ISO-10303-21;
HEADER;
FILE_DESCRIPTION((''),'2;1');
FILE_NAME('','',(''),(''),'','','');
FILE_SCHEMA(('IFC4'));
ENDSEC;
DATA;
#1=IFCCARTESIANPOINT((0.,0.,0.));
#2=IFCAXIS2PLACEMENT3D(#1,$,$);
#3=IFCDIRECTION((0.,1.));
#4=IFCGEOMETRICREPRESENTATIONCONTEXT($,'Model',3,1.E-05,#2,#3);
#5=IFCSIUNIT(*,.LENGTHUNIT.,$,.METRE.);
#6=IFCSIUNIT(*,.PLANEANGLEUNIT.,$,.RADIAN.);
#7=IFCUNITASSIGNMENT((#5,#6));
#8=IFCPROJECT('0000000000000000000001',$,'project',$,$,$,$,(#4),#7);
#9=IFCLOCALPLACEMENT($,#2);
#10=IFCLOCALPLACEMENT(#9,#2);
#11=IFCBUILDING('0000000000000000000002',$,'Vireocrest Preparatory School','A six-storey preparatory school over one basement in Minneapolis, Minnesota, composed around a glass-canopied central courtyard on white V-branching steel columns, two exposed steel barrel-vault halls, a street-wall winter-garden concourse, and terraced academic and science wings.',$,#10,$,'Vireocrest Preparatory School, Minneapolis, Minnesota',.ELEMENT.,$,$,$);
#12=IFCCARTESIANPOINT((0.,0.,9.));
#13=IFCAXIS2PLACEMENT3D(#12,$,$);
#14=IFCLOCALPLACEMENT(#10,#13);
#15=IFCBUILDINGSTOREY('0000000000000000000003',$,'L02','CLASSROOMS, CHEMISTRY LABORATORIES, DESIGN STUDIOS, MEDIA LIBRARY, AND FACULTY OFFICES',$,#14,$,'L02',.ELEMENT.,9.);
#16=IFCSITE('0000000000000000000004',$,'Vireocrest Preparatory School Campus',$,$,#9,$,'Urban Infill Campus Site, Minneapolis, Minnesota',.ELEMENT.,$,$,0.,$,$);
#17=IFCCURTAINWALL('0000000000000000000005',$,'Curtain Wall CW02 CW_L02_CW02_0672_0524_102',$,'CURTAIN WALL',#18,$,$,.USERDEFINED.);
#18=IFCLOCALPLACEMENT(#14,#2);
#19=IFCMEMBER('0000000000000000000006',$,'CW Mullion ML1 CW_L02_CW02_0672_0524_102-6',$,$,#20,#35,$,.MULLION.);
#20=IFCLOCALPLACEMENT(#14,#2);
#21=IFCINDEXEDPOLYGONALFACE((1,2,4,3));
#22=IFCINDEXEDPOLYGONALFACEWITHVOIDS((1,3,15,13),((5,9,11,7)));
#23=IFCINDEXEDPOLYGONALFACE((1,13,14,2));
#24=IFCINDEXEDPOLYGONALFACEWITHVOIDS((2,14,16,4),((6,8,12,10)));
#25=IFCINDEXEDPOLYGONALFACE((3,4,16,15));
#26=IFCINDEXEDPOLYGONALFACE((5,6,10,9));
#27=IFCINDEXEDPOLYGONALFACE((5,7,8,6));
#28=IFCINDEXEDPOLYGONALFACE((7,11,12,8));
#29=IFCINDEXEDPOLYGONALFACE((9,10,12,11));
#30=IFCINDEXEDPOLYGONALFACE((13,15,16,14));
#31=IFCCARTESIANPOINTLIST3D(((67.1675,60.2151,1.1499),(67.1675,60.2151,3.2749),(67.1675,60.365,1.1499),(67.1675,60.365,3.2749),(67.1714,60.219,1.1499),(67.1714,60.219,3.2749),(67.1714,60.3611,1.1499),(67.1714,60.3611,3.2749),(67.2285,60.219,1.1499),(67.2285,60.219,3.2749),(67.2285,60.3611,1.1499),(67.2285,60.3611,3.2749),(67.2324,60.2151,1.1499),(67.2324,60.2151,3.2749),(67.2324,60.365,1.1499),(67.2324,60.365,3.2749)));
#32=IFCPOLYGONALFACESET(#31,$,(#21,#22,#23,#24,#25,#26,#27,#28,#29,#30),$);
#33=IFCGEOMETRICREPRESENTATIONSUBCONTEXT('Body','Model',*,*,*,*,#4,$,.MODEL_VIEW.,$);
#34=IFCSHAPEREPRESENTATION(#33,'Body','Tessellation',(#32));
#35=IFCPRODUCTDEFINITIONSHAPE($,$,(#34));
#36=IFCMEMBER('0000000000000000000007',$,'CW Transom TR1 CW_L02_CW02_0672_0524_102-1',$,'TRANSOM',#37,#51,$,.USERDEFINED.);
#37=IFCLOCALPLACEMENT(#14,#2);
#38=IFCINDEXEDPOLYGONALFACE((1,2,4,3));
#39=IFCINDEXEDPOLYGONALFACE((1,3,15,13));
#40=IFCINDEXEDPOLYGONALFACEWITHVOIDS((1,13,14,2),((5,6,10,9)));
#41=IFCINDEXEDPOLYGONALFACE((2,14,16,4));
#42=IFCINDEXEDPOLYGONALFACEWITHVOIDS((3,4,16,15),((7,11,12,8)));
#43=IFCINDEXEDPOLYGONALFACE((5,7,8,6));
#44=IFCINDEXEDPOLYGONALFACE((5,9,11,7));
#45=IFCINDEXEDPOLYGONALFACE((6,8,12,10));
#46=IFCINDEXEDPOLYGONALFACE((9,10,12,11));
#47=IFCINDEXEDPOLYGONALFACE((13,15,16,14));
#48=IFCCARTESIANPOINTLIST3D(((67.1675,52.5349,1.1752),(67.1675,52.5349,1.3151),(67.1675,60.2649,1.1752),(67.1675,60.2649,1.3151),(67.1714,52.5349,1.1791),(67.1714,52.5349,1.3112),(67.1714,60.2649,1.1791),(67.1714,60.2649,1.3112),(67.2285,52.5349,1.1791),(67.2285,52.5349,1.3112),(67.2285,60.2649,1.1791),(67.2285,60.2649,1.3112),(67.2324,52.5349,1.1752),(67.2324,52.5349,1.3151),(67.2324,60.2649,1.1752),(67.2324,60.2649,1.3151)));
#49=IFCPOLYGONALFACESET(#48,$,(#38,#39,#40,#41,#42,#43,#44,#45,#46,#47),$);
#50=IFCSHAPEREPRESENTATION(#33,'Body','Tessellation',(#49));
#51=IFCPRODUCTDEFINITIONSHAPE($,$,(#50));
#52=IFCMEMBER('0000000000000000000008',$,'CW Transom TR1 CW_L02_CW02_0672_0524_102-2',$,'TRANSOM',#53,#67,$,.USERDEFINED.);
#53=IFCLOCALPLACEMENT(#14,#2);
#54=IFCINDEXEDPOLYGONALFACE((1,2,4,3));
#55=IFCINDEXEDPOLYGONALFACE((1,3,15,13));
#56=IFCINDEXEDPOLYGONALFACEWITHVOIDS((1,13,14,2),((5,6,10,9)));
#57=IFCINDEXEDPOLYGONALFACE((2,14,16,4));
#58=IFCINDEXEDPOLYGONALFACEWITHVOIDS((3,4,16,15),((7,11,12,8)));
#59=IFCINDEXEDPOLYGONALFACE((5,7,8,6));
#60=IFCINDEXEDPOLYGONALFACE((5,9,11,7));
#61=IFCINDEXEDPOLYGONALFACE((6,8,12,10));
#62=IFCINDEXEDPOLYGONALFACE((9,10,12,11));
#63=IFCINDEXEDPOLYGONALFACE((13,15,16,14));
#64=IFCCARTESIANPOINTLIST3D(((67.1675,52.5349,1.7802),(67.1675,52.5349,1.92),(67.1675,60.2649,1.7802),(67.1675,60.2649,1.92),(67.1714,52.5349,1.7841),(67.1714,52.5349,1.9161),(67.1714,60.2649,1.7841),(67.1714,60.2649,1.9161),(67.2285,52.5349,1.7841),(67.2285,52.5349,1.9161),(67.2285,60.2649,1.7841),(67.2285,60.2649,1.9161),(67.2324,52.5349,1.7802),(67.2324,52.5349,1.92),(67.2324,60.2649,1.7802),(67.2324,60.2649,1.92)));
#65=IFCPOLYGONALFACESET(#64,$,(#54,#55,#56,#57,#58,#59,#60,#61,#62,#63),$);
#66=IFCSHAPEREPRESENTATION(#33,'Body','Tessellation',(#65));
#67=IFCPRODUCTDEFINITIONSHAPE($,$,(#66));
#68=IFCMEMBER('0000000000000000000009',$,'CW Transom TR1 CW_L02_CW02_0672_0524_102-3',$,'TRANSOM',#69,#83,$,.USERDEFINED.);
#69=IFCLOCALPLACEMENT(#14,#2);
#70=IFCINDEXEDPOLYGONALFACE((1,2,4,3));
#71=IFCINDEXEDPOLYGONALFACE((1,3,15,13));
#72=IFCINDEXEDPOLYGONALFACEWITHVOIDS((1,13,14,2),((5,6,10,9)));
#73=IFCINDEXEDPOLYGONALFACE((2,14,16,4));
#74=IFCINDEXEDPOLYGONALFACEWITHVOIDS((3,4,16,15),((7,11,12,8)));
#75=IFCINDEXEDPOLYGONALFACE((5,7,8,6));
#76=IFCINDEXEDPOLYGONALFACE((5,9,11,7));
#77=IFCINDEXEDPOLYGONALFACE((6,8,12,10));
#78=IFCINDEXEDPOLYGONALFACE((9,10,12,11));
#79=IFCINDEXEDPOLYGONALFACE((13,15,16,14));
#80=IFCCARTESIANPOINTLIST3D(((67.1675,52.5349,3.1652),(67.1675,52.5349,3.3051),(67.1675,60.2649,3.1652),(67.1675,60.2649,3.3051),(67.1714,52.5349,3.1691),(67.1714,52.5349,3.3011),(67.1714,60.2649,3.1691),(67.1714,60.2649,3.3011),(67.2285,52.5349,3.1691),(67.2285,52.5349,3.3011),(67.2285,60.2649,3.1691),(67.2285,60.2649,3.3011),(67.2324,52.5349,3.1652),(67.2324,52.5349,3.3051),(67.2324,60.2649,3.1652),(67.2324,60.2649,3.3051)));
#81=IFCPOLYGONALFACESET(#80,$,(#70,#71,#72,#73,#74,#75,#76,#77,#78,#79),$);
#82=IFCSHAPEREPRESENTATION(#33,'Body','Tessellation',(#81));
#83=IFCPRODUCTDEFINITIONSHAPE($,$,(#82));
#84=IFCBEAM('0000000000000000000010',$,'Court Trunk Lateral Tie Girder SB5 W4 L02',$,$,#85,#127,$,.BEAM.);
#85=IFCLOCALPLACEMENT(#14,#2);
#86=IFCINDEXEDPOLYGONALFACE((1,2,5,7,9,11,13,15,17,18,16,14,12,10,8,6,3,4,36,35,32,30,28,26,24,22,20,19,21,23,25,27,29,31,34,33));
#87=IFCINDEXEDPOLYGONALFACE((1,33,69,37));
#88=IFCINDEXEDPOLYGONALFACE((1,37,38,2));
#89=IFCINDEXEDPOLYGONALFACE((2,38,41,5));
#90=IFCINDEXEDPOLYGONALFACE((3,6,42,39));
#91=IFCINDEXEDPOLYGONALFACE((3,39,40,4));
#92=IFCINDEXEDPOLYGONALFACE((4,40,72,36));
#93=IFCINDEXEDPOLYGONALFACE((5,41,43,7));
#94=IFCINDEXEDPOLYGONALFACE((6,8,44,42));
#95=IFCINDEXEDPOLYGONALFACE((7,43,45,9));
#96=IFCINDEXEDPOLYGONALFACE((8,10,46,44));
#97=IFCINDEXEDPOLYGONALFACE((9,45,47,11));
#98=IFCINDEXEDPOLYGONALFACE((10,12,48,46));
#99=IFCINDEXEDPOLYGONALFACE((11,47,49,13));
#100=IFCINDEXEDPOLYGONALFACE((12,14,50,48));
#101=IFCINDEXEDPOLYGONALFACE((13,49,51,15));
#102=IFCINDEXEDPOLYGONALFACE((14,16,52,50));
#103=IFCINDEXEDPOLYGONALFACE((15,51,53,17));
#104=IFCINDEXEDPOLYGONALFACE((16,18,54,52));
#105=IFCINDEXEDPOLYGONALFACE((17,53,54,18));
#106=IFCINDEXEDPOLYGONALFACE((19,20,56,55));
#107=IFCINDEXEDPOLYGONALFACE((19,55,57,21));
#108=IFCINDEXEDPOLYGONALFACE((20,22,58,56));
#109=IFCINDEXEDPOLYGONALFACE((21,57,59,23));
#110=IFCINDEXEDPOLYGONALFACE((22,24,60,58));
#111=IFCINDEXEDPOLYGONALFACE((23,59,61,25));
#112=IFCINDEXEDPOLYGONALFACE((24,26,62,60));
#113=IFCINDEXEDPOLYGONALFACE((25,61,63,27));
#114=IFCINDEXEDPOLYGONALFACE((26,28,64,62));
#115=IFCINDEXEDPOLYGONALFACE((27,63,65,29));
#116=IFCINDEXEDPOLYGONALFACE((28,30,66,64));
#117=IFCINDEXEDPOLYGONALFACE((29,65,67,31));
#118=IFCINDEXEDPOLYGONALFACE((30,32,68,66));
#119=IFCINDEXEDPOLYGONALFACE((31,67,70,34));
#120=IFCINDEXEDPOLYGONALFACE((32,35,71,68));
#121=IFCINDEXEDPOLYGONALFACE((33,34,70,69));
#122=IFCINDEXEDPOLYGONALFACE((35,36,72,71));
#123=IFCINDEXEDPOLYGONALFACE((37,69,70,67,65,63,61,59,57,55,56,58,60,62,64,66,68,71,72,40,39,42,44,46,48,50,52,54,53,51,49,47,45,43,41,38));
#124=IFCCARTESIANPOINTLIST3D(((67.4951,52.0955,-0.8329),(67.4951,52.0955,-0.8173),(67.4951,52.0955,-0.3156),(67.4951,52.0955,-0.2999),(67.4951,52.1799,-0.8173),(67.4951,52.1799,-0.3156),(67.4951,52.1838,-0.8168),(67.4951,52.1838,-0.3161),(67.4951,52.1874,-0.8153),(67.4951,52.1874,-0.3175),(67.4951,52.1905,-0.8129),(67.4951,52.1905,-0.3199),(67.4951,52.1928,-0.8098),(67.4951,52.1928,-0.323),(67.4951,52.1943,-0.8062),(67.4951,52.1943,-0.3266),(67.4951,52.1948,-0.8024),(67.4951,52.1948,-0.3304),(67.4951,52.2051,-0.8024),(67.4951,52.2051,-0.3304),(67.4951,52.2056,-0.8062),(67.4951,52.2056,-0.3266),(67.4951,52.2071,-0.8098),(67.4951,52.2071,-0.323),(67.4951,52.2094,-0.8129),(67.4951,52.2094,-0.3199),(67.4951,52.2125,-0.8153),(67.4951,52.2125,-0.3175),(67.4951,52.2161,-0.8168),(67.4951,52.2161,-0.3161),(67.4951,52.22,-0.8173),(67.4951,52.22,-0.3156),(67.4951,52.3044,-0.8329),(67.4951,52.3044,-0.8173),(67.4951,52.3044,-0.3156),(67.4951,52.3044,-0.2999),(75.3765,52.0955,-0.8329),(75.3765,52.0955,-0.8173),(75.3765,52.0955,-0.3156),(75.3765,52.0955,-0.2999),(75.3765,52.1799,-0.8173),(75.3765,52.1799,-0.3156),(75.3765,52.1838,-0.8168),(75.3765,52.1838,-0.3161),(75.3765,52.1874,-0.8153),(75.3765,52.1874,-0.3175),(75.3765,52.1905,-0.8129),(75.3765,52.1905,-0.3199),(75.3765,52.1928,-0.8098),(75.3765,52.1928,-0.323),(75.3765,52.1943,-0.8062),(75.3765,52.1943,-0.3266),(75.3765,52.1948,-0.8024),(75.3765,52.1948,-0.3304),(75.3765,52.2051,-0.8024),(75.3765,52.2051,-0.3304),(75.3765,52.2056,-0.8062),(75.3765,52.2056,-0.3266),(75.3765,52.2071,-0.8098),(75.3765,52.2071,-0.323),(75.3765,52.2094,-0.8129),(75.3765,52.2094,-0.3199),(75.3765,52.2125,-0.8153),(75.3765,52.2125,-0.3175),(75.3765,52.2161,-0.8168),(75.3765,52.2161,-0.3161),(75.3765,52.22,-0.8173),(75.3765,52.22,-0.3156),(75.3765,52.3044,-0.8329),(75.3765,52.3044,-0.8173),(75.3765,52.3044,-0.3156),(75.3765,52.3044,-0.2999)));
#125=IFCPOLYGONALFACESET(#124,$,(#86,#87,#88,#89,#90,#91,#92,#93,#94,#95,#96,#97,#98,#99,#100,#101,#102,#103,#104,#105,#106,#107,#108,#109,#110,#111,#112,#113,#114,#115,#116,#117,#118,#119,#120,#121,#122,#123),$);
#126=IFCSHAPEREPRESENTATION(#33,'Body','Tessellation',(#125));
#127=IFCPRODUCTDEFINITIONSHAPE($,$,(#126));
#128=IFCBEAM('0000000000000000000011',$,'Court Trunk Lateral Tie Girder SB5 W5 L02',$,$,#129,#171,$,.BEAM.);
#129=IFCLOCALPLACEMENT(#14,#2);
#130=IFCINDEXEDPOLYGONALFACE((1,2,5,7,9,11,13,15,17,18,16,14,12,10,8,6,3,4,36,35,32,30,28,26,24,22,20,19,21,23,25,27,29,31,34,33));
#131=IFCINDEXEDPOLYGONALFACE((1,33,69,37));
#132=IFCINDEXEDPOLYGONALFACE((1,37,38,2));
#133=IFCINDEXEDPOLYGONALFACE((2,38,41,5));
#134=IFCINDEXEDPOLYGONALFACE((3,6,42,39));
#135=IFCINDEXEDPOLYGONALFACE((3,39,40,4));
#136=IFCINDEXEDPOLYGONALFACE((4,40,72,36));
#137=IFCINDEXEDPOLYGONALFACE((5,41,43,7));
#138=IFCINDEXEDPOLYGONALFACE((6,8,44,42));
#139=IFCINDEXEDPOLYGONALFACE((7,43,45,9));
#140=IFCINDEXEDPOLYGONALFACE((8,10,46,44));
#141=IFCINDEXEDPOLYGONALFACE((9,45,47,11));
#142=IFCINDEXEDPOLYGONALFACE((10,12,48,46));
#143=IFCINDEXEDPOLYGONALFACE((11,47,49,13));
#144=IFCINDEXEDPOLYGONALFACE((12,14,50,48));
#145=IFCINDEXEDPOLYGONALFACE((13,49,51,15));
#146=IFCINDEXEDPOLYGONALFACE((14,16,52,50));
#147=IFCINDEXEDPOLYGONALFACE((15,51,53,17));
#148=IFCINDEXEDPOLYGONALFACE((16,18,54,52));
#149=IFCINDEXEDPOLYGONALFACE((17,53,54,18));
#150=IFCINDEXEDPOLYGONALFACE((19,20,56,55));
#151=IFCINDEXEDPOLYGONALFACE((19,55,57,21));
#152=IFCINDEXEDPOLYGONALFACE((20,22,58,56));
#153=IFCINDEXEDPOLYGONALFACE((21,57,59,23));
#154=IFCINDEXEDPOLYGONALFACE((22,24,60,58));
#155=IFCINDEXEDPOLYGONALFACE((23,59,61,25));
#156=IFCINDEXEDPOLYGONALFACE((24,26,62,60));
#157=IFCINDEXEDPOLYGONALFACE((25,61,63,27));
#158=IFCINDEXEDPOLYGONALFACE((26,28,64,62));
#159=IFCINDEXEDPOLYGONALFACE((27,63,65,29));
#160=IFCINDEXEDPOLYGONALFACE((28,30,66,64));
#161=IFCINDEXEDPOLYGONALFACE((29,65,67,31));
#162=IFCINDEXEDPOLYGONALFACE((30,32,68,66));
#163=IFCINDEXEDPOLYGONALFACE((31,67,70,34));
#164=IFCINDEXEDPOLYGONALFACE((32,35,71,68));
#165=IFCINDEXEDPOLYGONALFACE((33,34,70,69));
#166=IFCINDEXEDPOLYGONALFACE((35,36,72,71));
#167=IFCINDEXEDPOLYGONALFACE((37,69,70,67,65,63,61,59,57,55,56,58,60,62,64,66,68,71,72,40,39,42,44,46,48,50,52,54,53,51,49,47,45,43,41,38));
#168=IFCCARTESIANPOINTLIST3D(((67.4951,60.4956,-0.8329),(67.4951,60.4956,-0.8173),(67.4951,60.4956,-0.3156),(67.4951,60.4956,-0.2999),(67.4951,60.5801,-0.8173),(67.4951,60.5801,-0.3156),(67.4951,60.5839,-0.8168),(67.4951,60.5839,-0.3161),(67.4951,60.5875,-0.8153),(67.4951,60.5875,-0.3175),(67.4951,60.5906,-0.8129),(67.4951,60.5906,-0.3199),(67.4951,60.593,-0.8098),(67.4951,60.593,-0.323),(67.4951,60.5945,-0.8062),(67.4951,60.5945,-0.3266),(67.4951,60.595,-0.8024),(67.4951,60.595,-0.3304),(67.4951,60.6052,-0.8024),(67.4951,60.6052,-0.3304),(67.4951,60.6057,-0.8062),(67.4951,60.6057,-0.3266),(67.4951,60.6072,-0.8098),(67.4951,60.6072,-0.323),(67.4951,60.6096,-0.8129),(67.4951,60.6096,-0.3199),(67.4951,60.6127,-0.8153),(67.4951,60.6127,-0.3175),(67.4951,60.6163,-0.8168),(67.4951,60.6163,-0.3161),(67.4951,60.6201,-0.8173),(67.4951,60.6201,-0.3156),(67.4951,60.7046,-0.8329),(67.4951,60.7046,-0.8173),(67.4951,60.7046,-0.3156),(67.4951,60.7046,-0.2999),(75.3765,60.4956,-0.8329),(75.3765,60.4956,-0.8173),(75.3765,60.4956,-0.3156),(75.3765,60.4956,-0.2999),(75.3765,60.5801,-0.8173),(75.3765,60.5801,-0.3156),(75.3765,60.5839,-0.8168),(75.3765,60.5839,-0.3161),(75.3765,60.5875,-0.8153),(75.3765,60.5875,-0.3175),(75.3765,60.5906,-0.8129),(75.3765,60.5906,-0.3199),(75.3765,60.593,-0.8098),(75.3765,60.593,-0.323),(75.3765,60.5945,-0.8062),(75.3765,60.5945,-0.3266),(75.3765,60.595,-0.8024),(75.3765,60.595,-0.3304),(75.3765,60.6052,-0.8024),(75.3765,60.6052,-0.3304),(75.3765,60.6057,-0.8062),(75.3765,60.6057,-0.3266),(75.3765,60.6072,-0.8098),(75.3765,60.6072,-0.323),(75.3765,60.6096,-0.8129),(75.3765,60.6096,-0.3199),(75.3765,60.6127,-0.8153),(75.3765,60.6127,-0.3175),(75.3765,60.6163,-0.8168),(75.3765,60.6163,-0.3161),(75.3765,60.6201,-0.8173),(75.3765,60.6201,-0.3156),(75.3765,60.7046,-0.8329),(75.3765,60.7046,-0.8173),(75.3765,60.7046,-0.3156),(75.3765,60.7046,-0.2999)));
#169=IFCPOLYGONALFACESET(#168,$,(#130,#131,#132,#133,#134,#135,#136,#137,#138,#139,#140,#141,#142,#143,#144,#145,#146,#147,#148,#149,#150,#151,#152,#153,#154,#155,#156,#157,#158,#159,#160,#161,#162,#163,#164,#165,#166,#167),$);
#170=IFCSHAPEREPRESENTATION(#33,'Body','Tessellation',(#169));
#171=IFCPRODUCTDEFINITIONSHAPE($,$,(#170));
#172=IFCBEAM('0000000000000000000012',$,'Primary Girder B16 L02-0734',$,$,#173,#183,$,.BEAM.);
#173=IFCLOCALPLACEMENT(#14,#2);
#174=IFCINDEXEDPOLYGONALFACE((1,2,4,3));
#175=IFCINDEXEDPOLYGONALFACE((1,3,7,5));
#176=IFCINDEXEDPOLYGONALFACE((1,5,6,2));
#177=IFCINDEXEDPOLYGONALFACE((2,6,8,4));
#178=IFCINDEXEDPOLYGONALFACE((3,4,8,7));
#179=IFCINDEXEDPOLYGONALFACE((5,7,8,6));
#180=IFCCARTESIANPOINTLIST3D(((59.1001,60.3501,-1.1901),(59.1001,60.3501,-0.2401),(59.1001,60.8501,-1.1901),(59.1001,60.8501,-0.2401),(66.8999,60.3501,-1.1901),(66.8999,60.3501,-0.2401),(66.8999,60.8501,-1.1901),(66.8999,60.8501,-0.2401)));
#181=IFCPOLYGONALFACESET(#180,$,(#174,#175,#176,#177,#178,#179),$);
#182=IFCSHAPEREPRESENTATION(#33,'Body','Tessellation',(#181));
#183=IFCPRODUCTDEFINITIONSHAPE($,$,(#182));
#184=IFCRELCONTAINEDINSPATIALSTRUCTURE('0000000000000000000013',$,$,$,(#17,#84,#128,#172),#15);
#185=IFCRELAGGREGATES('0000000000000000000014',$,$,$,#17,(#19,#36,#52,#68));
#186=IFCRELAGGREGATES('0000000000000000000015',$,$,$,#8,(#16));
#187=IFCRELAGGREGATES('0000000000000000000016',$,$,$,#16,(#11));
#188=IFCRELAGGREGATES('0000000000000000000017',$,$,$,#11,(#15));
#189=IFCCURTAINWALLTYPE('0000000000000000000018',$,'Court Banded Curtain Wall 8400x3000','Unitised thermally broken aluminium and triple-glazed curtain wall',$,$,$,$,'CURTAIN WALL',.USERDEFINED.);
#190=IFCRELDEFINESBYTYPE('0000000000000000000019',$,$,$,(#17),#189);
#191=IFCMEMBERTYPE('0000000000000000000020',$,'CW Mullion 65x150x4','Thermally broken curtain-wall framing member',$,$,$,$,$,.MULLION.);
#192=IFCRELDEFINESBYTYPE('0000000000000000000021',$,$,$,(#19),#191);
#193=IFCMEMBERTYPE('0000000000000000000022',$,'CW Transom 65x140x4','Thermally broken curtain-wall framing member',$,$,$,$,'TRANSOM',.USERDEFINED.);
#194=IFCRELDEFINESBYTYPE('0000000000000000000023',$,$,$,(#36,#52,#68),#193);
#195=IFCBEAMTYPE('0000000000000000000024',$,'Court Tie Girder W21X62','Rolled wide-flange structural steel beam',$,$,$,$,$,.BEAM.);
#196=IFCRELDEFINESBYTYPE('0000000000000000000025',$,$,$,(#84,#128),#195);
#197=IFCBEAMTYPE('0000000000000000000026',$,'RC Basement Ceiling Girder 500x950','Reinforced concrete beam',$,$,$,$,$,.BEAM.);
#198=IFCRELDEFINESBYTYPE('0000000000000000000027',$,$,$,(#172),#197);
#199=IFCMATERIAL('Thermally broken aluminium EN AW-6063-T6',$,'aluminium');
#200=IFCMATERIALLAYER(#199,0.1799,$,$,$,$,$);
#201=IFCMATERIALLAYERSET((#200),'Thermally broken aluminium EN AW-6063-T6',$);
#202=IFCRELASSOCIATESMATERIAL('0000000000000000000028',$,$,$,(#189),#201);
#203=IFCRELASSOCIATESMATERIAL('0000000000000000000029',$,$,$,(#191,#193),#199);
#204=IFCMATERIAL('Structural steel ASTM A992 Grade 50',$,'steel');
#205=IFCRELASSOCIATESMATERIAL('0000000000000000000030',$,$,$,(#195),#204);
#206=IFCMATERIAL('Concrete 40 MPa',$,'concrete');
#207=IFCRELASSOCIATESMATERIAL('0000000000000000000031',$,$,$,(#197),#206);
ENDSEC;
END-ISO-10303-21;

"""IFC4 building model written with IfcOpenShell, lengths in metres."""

from ifc_helpers import new_model, si_unit, direction, frame, origin, origin_2d, place, context, subcontext, project, spatial, rectangle, hollow_rectangle, i_section, extrude, material, layer, layer_set, material_profile, profile_set, type_object, element, aggregate, save


model = new_model("IFC4")

# Units and contexts
model_context = context("Model", 3, precision=1e-05, world=origin(), true_north=direction((0.0, 1.0)))
body_context = subcontext(model_context, "Body", "Model", "MODEL_VIEW")
ifc_project = project(units=[si_unit("LENGTHUNIT", "METRE"), si_unit("PLANEANGLEUNIT", "RADIAN")], contexts=[model_context])

# Site, building, storey
site_placement = place(None, origin())
site = spatial("IfcSite", under=ifc_project, at=site_placement, Name="Vireocrest Preparatory School Campus", LongName="Urban Infill Campus Site, Minneapolis, Minnesota", CompositionType="ELEMENT", RefElevation=0.0)
building_placement = place(site_placement, origin())
building = spatial("IfcBuilding", under=site, at=building_placement, Name="Vireocrest Preparatory School", Description="A six-storey preparatory school over one basement in Minneapolis, Minnesota, composed around a glass-canopied central courtyard on white V-branching steel columns, two exposed steel barrel-vault halls, a street-wall winter-garden concourse, and terraced academic and science wings.", LongName="Vireocrest Preparatory School, Minneapolis, Minnesota", CompositionType="ELEMENT")
storey_placement = place(building_placement, frame((0.0, 0.0, 9.0)))
storey = spatial("IfcBuildingStorey", under=building, at=storey_placement, Name="L02", Description="CLASSROOMS, CHEMISTRY LABORATORIES, DESIGN STUDIOS, MEDIA LIBRARY, AND FACULTY OFFICES", LongName="L02", CompositionType="ELEMENT", Elevation=9.0)

# Curtain wall, members
ifc_material_1 = material(Name="Thermally broken aluminium EN AW-6063-T6", Category="aluminium")
ifc_layer_1 = layer(ifc_material_1, 0.1799)
ifc_layer_set_1 = layer_set([ifc_layer_1], Name="Thermally broken aluminium EN AW-6063-T6")
curtain_wall_type = type_object("IfcCurtainWallType", Name="Court Banded Curtain Wall 8400x3000", Description="Unitised thermally broken aluminium and triple-glazed curtain wall", ElementType="CURTAIN WALL", PredefinedType="USERDEFINED", material=ifc_layer_set_1)
curtain_wall_placement = place(storey_placement, origin())
curtain_wall = element("IfcCurtainWall", 1, at=curtain_wall_placement, inside=storey, type_object=curtain_wall_type, Name="Curtain Wall CW02 CW_L02_CW02_0672_0524_102", ObjectType="CURTAIN WALL", PredefinedType="USERDEFINED")
ifc_material_profile_1 = material_profile(ifc_material_1, hollow_rectangle(XDim=0.0649, YDim=0.1499, WallThickness=0.0039, at=origin_2d()), Name="ALU 65x150x4")
ifc_profile_set_1 = profile_set([ifc_material_profile_1], Name="Thermally broken aluminium EN AW-6063-T6")
member_type_1 = type_object("IfcMemberType", Name="CW Mullion 65x150x4", Description="Thermally broken curtain-wall framing member", PredefinedType="MULLION", material=ifc_profile_set_1)
member_1_placement = place(storey_placement, frame((67.2, 60.29, 1.1499), z_axis=(0.0, 0.0, 1.0), x_axis=(1.0, 0.0, 0.0)))
member_1 = element("IfcMember", 2, at=member_1_placement, type_object=member_type_1, Name="CW Mullion ML1 CW_L02_CW02_0672_0524_102-6", PredefinedType="MULLION", context=body_context, shape_type="SweptSolid", body=[
    extrude(hollow_rectangle(XDim=0.0649, YDim=0.1499, WallThickness=0.0039, at=origin_2d()), origin(), (0.0, 0.0, 1.0), 2.125),
])
ifc_material_profile_2 = material_profile(ifc_material_1, hollow_rectangle(XDim=0.0649, YDim=0.1399, WallThickness=0.0039, at=origin_2d()), Name="ALU 65x140x4")
ifc_profile_set_2 = profile_set([ifc_material_profile_2], Name="Thermally broken aluminium EN AW-6063-T6")
member_type_2 = type_object("IfcMemberType", Name="CW Transom 65x140x4", Description="Thermally broken curtain-wall framing member", ElementType="TRANSOM", PredefinedType="USERDEFINED", material=ifc_profile_set_2)
member_2_placement = place(storey_placement, frame((67.2, 52.5349, 1.2451), z_axis=(0.0, 1.0, 0.0), x_axis=(-1.0, 0.0, 0.0)))
member_2 = element("IfcMember", 3, at=member_2_placement, type_object=member_type_2, Name="CW Transom TR1 CW_L02_CW02_0672_0524_102-1", ObjectType="TRANSOM", PredefinedType="USERDEFINED", context=body_context, shape_type="SweptSolid", body=[
    extrude(hollow_rectangle(XDim=0.0649, YDim=0.1399, WallThickness=0.0039, at=origin_2d()), origin(), (0.0, 0.0, 1.0), 7.73),
])
member_3_placement = place(storey_placement, frame((67.2, 52.5349, 1.8501), z_axis=(0.0, 1.0, 0.0), x_axis=(-1.0, 0.0, 0.0)))
member_3 = element("IfcMember", 4, at=member_3_placement, type_object=member_type_2, Name="CW Transom TR1 CW_L02_CW02_0672_0524_102-2", ObjectType="TRANSOM", PredefinedType="USERDEFINED", context=body_context, shape_type="SweptSolid", body=[
    extrude(hollow_rectangle(XDim=0.0649, YDim=0.1399, WallThickness=0.0039, at=origin_2d()), origin(), (0.0, 0.0, 1.0), 7.73),
])
member_4_placement = place(storey_placement, frame((67.2, 52.5349, 3.2351), z_axis=(0.0, 1.0, 0.0), x_axis=(-1.0, 0.0, 0.0)))
member_4 = element("IfcMember", 5, at=member_4_placement, type_object=member_type_2, Name="CW Transom TR1 CW_L02_CW02_0672_0524_102-3", ObjectType="TRANSOM", PredefinedType="USERDEFINED", context=body_context, shape_type="SweptSolid", body=[
    extrude(hollow_rectangle(XDim=0.0649, YDim=0.1399, WallThickness=0.0039, at=origin_2d()), origin(), (0.0, 0.0, 1.0), 7.73),
])

# Beams
ifc_material_2 = material(Name="Structural steel ASTM A992 Grade 50", Category="steel")
ifc_material_profile_3 = material_profile(ifc_material_2, i_section(OverallWidth=0.209, OverallDepth=0.533, WebThickness=0.0103, FlangeThickness=0.0156, FilletRadius=0.0149, at=origin_2d()), Name="W21X62")
ifc_profile_set_3 = profile_set([ifc_material_profile_3], Name="Structural steel ASTM A992 Grade 50")
beam_type_1 = type_object("IfcBeamType", Name="Court Tie Girder W21X62", Description="Rolled wide-flange structural steel beam", PredefinedType="BEAM", material=ifc_profile_set_3)
for number, where, z_axis, x_axis, name in (
    (6, (67.4951, 52.2, -0.5664), (1.0, 0.0, 0.0), (0.0, 1.0, 0.0), "Court Trunk Lateral Tie Girder SB5 W4 L02"),
    (7, (67.4951, 60.6001, -0.5664), (1.0, 0.0, 0.0), (0.0, 1.0, 0.0), "Court Trunk Lateral Tie Girder SB5 W5 L02"),
):
    element("IfcBeam", number, at=place(storey_placement, frame(where, z_axis=z_axis, x_axis=x_axis)), inside=storey, type_object=beam_type_1, Name=name, PredefinedType="BEAM", context=body_context, shape_type="SweptSolid", body=[
        extrude(i_section(OverallWidth=0.209, OverallDepth=0.533, WebThickness=0.0103, FlangeThickness=0.0156, FilletRadius=0.0149, at=origin_2d()), origin(), (0.0, 0.0, 1.0), 7.8813),
    ])
ifc_material_3 = material(Name="Concrete 40 MPa", Category="concrete")
ifc_material_profile_4 = material_profile(ifc_material_3, rectangle(XDim=0.5, YDim=0.95, at=origin_2d()), Name="RC 500x950")
ifc_profile_set_4 = profile_set([ifc_material_profile_4], Name="Concrete 40 MPa")
beam_type_2 = type_object("IfcBeamType", Name="RC Basement Ceiling Girder 500x950", Description="Reinforced concrete beam", PredefinedType="BEAM", material=ifc_profile_set_4)
beam_1_placement = place(storey_placement, frame((59.1001, 60.6001, -0.7151), z_axis=(1.0, 0.0, 0.0), x_axis=(0.0, 1.0, 0.0)))
element("IfcBeam", 8, at=beam_1_placement, inside=storey, type_object=beam_type_2, Name="Primary Girder B16 L02-0734", PredefinedType="BEAM", context=body_context, shape_type="SweptSolid", body=[
    extrude(rectangle(XDim=0.5, YDim=0.95, at=origin_2d()), origin(), (0.0, 0.0, 1.0), 7.7998),
])

aggregate(curtain_wall, [member_1, member_2, member_3, member_4])

save(model, "model.ifc")
